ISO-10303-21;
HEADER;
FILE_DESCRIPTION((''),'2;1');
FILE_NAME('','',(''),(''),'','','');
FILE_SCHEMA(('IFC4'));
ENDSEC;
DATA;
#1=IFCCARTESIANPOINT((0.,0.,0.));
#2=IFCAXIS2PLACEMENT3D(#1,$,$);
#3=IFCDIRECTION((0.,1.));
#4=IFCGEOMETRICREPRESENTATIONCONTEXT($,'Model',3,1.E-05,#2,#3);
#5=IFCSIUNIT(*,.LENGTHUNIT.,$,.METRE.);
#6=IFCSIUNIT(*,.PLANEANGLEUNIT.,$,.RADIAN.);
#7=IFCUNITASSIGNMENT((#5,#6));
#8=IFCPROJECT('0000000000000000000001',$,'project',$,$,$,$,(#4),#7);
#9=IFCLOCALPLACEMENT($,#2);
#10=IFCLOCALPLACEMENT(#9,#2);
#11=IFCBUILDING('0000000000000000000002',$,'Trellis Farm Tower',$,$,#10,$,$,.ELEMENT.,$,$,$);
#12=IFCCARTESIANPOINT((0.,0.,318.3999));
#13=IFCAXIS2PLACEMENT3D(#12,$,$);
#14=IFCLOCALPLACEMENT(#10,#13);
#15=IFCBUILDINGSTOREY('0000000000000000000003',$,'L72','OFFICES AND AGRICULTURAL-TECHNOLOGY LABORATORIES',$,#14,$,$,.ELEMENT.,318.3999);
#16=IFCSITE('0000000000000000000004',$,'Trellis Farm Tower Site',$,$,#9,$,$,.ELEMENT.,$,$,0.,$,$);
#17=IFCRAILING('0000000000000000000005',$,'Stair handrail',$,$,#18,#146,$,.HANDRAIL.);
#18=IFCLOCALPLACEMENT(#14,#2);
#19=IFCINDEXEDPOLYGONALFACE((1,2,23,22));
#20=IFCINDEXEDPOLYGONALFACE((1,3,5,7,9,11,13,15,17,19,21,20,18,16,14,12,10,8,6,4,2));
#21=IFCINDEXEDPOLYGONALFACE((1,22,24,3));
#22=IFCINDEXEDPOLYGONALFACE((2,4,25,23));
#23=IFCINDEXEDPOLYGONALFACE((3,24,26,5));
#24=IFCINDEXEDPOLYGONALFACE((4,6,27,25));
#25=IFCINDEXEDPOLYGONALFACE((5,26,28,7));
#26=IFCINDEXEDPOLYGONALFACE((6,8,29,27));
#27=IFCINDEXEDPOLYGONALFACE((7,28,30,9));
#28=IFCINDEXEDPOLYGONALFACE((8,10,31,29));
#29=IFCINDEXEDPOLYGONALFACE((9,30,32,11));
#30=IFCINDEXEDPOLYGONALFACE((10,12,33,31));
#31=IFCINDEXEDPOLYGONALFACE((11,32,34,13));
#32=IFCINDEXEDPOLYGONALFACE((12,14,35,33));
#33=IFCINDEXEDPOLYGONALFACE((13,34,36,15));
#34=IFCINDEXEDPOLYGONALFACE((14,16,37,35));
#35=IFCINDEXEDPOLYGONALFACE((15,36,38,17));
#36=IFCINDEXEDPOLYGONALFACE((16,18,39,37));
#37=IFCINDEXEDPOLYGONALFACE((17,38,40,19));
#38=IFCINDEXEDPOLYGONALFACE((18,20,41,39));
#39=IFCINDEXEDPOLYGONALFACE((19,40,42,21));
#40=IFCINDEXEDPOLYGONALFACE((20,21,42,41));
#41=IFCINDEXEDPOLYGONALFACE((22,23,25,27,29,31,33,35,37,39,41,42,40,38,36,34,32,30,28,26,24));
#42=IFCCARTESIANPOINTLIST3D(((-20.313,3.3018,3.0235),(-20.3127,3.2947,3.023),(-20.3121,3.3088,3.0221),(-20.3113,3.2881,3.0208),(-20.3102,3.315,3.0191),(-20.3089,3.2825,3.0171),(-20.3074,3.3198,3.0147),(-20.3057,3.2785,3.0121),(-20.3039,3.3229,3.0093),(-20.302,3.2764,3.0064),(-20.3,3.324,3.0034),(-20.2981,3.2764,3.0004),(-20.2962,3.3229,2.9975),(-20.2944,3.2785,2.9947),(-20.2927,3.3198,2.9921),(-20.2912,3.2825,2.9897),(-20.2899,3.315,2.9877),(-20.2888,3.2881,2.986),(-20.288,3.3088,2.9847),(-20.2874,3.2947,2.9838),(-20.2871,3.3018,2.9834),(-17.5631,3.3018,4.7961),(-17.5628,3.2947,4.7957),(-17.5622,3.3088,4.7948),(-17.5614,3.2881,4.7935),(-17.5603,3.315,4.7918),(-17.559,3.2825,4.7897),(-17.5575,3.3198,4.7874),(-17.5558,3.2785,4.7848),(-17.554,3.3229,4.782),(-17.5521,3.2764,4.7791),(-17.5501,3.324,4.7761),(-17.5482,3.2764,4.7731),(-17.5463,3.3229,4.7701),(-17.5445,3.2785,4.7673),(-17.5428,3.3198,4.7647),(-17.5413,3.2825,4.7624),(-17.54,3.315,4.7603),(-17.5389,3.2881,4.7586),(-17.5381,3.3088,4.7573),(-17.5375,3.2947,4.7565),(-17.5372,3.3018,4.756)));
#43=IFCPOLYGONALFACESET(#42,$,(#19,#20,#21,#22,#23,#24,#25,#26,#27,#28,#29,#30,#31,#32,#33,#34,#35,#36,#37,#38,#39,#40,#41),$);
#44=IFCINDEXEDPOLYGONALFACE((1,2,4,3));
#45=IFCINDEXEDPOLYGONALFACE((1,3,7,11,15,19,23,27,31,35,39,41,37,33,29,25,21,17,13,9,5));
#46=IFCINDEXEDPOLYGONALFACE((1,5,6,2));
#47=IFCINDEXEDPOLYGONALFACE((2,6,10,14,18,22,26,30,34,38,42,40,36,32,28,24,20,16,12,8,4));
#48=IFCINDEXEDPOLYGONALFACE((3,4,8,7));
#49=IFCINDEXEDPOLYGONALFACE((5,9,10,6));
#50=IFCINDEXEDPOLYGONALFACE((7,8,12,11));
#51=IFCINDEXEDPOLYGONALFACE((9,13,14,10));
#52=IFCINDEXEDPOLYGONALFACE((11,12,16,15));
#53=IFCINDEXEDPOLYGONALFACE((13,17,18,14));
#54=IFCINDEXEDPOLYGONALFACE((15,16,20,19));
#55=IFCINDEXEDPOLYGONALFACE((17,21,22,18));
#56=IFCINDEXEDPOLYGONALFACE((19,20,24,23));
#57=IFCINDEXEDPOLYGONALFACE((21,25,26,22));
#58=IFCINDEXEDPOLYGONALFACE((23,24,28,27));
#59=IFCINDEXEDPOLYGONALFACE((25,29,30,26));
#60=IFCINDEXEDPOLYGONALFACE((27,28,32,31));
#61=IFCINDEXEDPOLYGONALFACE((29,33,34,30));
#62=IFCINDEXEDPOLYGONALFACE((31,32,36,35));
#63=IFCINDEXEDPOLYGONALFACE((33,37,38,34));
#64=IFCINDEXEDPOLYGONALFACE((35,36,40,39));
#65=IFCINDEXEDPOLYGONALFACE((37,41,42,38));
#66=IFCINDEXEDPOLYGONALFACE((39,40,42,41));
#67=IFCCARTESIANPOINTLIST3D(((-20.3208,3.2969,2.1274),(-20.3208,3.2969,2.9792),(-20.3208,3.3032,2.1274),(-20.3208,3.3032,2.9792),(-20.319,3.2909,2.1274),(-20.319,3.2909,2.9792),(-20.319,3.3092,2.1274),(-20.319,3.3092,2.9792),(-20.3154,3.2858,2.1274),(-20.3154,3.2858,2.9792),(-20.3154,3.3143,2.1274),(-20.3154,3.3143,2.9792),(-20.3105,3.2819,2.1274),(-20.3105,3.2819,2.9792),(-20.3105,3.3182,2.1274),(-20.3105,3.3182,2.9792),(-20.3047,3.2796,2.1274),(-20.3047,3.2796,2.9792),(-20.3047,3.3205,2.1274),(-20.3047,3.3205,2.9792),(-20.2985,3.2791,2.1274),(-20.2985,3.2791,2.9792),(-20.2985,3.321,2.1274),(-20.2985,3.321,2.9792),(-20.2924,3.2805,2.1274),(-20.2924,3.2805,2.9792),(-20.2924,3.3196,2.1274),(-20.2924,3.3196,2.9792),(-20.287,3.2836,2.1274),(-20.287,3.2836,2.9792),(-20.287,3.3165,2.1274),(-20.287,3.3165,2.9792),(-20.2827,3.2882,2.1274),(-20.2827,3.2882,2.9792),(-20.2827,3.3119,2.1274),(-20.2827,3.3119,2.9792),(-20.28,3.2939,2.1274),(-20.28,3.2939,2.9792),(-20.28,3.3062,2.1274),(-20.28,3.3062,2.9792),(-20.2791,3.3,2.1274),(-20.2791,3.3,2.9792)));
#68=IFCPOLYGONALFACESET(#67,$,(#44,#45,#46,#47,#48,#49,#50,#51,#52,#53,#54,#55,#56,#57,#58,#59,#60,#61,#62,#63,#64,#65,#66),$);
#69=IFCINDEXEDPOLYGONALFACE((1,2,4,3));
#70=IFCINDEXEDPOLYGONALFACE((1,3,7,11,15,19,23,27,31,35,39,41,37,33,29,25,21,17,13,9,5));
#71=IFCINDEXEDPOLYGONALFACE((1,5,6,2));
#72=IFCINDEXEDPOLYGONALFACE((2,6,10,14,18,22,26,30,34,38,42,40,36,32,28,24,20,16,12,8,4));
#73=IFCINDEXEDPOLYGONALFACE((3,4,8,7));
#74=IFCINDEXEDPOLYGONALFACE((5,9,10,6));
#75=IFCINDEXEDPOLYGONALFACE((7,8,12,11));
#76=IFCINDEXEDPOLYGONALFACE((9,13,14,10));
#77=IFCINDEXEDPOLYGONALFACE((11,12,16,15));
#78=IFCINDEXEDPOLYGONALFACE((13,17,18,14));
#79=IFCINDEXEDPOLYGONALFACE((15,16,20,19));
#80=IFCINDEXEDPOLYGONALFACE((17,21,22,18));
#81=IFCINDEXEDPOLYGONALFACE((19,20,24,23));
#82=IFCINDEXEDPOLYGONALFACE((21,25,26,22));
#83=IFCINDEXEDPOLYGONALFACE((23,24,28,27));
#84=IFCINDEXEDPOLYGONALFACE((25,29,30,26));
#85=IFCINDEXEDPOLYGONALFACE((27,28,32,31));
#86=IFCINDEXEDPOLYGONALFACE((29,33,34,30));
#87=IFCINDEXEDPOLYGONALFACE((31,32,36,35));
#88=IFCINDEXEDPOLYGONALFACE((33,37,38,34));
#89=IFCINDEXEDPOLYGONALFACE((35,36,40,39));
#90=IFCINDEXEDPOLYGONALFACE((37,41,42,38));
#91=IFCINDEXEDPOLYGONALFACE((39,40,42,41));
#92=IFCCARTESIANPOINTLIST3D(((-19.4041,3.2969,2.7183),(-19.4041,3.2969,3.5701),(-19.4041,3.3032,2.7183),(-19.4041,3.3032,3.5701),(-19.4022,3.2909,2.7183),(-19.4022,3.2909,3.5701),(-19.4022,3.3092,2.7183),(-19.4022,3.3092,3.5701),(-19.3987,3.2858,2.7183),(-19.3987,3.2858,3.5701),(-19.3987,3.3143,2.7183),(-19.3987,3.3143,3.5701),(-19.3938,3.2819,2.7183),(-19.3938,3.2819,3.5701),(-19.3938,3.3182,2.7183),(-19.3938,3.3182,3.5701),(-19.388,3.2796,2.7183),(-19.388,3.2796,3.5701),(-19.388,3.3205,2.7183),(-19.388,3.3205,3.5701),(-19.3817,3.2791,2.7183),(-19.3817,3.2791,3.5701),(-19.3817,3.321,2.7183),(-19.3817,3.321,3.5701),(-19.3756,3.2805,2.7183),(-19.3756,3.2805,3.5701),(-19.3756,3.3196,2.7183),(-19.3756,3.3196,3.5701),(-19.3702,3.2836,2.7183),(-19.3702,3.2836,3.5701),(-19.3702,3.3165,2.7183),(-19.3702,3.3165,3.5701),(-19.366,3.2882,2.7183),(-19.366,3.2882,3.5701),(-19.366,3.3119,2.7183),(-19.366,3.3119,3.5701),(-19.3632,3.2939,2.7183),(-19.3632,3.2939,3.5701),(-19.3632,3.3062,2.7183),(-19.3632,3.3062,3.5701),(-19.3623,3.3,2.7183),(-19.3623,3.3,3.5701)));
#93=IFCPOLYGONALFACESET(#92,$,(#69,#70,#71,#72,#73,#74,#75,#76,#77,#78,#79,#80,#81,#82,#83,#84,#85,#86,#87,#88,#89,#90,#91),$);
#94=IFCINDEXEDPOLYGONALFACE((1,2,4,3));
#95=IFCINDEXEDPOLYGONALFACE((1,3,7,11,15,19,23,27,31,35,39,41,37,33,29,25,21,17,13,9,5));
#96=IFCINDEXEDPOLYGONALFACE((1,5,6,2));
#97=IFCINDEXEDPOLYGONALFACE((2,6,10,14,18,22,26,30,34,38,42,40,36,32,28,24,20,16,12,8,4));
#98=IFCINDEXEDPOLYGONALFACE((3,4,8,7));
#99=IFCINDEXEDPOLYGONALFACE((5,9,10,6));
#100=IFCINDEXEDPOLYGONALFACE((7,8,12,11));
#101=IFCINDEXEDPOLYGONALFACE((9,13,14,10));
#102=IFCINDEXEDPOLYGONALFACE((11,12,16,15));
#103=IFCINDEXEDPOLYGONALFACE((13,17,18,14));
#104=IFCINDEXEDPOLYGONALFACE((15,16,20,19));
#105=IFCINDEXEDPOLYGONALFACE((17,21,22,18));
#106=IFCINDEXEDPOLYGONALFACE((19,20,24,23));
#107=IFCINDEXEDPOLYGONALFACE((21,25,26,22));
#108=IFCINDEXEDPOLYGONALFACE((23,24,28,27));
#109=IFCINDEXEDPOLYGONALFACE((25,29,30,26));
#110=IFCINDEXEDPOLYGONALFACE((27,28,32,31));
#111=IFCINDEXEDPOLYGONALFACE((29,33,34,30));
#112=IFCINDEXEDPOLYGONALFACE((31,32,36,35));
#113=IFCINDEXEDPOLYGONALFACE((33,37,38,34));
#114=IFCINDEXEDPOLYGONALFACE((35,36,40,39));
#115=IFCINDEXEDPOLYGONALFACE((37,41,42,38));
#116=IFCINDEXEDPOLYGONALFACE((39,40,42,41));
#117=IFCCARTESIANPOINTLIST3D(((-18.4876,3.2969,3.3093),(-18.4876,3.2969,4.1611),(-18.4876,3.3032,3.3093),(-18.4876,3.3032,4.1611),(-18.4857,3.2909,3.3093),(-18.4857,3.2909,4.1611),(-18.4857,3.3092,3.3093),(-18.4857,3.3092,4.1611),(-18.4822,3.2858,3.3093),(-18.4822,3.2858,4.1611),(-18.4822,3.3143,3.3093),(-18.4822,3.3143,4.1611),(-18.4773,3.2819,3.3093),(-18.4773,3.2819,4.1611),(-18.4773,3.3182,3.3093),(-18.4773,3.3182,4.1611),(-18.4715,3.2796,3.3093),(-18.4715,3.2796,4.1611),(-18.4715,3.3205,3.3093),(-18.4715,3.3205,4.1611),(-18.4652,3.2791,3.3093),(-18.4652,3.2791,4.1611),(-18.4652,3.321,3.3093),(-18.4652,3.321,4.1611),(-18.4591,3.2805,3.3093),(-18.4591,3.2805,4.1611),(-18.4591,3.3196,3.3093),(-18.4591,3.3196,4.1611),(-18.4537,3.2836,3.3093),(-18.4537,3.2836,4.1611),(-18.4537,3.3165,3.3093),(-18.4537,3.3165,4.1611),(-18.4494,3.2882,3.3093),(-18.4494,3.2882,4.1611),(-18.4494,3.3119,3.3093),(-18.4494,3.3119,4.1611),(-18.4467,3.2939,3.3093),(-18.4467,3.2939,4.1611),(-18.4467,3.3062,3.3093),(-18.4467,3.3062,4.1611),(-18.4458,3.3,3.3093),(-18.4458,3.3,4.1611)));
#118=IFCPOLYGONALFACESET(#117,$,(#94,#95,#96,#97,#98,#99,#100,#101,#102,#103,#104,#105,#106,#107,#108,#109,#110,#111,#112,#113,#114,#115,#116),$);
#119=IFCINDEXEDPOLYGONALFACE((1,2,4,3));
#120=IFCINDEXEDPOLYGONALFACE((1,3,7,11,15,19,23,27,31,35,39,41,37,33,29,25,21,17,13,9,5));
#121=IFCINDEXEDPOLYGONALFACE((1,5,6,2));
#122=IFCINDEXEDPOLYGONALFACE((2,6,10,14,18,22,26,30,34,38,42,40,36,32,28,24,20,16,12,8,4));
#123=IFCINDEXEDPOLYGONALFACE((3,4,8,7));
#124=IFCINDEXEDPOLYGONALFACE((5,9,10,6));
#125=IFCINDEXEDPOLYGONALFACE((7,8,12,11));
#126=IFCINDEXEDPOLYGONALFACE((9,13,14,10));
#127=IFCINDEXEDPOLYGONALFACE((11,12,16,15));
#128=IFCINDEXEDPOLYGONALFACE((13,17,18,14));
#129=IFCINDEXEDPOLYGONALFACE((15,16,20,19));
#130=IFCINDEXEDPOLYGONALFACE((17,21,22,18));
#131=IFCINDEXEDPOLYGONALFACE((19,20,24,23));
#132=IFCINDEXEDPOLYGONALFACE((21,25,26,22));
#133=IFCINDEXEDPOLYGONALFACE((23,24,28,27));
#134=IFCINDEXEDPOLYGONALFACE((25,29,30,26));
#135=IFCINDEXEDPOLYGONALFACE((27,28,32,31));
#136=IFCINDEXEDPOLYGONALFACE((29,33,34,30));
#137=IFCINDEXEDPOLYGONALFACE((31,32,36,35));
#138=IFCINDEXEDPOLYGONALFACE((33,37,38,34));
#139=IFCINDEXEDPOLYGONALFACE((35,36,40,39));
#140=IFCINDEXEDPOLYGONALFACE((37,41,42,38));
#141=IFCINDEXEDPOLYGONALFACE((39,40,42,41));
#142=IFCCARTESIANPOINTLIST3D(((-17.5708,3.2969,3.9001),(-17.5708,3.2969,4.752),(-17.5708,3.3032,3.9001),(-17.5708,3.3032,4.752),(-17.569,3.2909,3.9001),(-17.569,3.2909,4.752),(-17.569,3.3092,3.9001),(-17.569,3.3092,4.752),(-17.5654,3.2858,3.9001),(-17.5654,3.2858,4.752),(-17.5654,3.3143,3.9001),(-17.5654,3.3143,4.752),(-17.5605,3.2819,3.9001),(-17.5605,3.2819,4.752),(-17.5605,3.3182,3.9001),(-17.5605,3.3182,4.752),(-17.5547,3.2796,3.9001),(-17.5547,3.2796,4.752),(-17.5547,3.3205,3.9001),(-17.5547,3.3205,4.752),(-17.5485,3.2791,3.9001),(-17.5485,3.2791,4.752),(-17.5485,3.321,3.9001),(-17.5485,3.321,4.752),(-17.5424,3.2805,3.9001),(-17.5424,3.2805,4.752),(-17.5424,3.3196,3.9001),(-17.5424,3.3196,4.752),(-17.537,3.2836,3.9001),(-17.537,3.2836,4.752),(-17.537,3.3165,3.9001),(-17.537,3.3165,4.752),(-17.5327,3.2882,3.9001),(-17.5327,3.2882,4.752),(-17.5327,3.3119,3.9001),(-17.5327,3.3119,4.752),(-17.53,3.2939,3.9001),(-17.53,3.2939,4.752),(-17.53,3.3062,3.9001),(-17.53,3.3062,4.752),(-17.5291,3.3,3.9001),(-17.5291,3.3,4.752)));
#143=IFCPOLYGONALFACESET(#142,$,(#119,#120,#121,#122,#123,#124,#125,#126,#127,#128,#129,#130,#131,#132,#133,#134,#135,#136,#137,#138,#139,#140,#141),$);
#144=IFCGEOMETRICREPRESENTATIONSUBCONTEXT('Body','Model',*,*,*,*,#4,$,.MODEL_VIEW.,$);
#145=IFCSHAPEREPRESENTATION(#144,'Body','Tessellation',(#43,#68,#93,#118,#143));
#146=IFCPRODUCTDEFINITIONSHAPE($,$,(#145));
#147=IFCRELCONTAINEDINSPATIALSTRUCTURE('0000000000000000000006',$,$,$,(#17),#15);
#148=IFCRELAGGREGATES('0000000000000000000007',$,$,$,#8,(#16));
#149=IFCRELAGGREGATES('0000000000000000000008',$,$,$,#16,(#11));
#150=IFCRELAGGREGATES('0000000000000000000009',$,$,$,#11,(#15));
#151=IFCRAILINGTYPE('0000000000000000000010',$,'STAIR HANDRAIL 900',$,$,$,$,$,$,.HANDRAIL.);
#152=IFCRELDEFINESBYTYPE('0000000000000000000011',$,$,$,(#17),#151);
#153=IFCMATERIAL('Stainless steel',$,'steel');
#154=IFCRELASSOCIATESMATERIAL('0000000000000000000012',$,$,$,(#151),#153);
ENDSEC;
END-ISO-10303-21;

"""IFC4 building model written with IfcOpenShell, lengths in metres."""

from ifc_helpers import new_model, si_unit, direction, frame, origin, origin_2d, place, context, subcontext, project, spatial, circle, extrude, source, transform, mapped, material, type_object, element, save


model = new_model("IFC4")

# Units and contexts
model_context = context("Model", 3, precision=1e-05, world=origin(), true_north=direction((0.0, 1.0)))
body_context = subcontext(model_context, "Body", "Model", "MODEL_VIEW")
ifc_project = project(units=[si_unit("LENGTHUNIT", "METRE"), si_unit("PLANEANGLEUNIT", "RADIAN")], contexts=[model_context])

# Site, building, storey
site_placement = place(None, origin())
site = spatial("IfcSite", under=ifc_project, at=site_placement, Name="Trellis Farm Tower Site", CompositionType="ELEMENT", RefElevation=0.0)
building_placement = place(site_placement, origin())
building = spatial("IfcBuilding", under=site, at=building_placement, Name="Trellis Farm Tower", CompositionType="ELEMENT")
storey_placement = place(building_placement, frame((0.0, 0.0, 318.3999)))
storey = spatial("IfcBuildingStorey", under=building, at=storey_placement, Name="L72", Description="OFFICES AND AGRICULTURAL-TECHNOLOGY LABORATORIES", CompositionType="ELEMENT", Elevation=318.3999)

# Railing
ifc_material_1 = material(Name="Stainless steel", Category="steel")
railing_type = type_object("IfcRailingType", Name="STAIR HANDRAIL 900", PredefinedType="HANDRAIL", material=ifc_material_1)
shared_shape_1 = source(origin(), body_context, "Body", "SweptSolid", [
    extrude(circle(Radius=0.0239, at=origin_2d()), frame((0.0, 0.0, 0.876), z_axis=(0.840504, 0.0, 0.541806), x_axis=(0.0, 1.0, 0.0)), (0.0, 0.0, 1.0), 3.2717),
    extrude(circle(Radius=0.021, at=origin_2d()), origin(), (0.0, 0.0, 1.0), 0.8518),
    extrude(circle(Radius=0.021, at=origin_2d()), frame((0.9167, 0.0, 0.5908)), (0.0, 0.0, 1.0), 0.8518),
    extrude(circle(Radius=0.021, at=origin_2d()), frame((1.8333, 0.0, 1.1819)), (0.0, 0.0, 1.0), 0.8518),
    extrude(circle(Radius=0.021, at=origin_2d()), frame((2.75, 0.0, 1.7727)), (0.0, 0.0, 1.0), 0.8518),
])
for number, where, name in (
    (1, (-20.3, 3.3, 2.1274), "Stair handrail"),
):
    element("IfcRailing", number, at=place(storey_placement, frame(where)), inside=storey, type_object=railing_type, Name=name, PredefinedType="HANDRAIL", context=body_context, shape_type="MappedRepresentation", body=[
        mapped(shared_shape_1, transform((0.0, 0.0, 0.0))),
    ])

save(model, "model.ifc")
